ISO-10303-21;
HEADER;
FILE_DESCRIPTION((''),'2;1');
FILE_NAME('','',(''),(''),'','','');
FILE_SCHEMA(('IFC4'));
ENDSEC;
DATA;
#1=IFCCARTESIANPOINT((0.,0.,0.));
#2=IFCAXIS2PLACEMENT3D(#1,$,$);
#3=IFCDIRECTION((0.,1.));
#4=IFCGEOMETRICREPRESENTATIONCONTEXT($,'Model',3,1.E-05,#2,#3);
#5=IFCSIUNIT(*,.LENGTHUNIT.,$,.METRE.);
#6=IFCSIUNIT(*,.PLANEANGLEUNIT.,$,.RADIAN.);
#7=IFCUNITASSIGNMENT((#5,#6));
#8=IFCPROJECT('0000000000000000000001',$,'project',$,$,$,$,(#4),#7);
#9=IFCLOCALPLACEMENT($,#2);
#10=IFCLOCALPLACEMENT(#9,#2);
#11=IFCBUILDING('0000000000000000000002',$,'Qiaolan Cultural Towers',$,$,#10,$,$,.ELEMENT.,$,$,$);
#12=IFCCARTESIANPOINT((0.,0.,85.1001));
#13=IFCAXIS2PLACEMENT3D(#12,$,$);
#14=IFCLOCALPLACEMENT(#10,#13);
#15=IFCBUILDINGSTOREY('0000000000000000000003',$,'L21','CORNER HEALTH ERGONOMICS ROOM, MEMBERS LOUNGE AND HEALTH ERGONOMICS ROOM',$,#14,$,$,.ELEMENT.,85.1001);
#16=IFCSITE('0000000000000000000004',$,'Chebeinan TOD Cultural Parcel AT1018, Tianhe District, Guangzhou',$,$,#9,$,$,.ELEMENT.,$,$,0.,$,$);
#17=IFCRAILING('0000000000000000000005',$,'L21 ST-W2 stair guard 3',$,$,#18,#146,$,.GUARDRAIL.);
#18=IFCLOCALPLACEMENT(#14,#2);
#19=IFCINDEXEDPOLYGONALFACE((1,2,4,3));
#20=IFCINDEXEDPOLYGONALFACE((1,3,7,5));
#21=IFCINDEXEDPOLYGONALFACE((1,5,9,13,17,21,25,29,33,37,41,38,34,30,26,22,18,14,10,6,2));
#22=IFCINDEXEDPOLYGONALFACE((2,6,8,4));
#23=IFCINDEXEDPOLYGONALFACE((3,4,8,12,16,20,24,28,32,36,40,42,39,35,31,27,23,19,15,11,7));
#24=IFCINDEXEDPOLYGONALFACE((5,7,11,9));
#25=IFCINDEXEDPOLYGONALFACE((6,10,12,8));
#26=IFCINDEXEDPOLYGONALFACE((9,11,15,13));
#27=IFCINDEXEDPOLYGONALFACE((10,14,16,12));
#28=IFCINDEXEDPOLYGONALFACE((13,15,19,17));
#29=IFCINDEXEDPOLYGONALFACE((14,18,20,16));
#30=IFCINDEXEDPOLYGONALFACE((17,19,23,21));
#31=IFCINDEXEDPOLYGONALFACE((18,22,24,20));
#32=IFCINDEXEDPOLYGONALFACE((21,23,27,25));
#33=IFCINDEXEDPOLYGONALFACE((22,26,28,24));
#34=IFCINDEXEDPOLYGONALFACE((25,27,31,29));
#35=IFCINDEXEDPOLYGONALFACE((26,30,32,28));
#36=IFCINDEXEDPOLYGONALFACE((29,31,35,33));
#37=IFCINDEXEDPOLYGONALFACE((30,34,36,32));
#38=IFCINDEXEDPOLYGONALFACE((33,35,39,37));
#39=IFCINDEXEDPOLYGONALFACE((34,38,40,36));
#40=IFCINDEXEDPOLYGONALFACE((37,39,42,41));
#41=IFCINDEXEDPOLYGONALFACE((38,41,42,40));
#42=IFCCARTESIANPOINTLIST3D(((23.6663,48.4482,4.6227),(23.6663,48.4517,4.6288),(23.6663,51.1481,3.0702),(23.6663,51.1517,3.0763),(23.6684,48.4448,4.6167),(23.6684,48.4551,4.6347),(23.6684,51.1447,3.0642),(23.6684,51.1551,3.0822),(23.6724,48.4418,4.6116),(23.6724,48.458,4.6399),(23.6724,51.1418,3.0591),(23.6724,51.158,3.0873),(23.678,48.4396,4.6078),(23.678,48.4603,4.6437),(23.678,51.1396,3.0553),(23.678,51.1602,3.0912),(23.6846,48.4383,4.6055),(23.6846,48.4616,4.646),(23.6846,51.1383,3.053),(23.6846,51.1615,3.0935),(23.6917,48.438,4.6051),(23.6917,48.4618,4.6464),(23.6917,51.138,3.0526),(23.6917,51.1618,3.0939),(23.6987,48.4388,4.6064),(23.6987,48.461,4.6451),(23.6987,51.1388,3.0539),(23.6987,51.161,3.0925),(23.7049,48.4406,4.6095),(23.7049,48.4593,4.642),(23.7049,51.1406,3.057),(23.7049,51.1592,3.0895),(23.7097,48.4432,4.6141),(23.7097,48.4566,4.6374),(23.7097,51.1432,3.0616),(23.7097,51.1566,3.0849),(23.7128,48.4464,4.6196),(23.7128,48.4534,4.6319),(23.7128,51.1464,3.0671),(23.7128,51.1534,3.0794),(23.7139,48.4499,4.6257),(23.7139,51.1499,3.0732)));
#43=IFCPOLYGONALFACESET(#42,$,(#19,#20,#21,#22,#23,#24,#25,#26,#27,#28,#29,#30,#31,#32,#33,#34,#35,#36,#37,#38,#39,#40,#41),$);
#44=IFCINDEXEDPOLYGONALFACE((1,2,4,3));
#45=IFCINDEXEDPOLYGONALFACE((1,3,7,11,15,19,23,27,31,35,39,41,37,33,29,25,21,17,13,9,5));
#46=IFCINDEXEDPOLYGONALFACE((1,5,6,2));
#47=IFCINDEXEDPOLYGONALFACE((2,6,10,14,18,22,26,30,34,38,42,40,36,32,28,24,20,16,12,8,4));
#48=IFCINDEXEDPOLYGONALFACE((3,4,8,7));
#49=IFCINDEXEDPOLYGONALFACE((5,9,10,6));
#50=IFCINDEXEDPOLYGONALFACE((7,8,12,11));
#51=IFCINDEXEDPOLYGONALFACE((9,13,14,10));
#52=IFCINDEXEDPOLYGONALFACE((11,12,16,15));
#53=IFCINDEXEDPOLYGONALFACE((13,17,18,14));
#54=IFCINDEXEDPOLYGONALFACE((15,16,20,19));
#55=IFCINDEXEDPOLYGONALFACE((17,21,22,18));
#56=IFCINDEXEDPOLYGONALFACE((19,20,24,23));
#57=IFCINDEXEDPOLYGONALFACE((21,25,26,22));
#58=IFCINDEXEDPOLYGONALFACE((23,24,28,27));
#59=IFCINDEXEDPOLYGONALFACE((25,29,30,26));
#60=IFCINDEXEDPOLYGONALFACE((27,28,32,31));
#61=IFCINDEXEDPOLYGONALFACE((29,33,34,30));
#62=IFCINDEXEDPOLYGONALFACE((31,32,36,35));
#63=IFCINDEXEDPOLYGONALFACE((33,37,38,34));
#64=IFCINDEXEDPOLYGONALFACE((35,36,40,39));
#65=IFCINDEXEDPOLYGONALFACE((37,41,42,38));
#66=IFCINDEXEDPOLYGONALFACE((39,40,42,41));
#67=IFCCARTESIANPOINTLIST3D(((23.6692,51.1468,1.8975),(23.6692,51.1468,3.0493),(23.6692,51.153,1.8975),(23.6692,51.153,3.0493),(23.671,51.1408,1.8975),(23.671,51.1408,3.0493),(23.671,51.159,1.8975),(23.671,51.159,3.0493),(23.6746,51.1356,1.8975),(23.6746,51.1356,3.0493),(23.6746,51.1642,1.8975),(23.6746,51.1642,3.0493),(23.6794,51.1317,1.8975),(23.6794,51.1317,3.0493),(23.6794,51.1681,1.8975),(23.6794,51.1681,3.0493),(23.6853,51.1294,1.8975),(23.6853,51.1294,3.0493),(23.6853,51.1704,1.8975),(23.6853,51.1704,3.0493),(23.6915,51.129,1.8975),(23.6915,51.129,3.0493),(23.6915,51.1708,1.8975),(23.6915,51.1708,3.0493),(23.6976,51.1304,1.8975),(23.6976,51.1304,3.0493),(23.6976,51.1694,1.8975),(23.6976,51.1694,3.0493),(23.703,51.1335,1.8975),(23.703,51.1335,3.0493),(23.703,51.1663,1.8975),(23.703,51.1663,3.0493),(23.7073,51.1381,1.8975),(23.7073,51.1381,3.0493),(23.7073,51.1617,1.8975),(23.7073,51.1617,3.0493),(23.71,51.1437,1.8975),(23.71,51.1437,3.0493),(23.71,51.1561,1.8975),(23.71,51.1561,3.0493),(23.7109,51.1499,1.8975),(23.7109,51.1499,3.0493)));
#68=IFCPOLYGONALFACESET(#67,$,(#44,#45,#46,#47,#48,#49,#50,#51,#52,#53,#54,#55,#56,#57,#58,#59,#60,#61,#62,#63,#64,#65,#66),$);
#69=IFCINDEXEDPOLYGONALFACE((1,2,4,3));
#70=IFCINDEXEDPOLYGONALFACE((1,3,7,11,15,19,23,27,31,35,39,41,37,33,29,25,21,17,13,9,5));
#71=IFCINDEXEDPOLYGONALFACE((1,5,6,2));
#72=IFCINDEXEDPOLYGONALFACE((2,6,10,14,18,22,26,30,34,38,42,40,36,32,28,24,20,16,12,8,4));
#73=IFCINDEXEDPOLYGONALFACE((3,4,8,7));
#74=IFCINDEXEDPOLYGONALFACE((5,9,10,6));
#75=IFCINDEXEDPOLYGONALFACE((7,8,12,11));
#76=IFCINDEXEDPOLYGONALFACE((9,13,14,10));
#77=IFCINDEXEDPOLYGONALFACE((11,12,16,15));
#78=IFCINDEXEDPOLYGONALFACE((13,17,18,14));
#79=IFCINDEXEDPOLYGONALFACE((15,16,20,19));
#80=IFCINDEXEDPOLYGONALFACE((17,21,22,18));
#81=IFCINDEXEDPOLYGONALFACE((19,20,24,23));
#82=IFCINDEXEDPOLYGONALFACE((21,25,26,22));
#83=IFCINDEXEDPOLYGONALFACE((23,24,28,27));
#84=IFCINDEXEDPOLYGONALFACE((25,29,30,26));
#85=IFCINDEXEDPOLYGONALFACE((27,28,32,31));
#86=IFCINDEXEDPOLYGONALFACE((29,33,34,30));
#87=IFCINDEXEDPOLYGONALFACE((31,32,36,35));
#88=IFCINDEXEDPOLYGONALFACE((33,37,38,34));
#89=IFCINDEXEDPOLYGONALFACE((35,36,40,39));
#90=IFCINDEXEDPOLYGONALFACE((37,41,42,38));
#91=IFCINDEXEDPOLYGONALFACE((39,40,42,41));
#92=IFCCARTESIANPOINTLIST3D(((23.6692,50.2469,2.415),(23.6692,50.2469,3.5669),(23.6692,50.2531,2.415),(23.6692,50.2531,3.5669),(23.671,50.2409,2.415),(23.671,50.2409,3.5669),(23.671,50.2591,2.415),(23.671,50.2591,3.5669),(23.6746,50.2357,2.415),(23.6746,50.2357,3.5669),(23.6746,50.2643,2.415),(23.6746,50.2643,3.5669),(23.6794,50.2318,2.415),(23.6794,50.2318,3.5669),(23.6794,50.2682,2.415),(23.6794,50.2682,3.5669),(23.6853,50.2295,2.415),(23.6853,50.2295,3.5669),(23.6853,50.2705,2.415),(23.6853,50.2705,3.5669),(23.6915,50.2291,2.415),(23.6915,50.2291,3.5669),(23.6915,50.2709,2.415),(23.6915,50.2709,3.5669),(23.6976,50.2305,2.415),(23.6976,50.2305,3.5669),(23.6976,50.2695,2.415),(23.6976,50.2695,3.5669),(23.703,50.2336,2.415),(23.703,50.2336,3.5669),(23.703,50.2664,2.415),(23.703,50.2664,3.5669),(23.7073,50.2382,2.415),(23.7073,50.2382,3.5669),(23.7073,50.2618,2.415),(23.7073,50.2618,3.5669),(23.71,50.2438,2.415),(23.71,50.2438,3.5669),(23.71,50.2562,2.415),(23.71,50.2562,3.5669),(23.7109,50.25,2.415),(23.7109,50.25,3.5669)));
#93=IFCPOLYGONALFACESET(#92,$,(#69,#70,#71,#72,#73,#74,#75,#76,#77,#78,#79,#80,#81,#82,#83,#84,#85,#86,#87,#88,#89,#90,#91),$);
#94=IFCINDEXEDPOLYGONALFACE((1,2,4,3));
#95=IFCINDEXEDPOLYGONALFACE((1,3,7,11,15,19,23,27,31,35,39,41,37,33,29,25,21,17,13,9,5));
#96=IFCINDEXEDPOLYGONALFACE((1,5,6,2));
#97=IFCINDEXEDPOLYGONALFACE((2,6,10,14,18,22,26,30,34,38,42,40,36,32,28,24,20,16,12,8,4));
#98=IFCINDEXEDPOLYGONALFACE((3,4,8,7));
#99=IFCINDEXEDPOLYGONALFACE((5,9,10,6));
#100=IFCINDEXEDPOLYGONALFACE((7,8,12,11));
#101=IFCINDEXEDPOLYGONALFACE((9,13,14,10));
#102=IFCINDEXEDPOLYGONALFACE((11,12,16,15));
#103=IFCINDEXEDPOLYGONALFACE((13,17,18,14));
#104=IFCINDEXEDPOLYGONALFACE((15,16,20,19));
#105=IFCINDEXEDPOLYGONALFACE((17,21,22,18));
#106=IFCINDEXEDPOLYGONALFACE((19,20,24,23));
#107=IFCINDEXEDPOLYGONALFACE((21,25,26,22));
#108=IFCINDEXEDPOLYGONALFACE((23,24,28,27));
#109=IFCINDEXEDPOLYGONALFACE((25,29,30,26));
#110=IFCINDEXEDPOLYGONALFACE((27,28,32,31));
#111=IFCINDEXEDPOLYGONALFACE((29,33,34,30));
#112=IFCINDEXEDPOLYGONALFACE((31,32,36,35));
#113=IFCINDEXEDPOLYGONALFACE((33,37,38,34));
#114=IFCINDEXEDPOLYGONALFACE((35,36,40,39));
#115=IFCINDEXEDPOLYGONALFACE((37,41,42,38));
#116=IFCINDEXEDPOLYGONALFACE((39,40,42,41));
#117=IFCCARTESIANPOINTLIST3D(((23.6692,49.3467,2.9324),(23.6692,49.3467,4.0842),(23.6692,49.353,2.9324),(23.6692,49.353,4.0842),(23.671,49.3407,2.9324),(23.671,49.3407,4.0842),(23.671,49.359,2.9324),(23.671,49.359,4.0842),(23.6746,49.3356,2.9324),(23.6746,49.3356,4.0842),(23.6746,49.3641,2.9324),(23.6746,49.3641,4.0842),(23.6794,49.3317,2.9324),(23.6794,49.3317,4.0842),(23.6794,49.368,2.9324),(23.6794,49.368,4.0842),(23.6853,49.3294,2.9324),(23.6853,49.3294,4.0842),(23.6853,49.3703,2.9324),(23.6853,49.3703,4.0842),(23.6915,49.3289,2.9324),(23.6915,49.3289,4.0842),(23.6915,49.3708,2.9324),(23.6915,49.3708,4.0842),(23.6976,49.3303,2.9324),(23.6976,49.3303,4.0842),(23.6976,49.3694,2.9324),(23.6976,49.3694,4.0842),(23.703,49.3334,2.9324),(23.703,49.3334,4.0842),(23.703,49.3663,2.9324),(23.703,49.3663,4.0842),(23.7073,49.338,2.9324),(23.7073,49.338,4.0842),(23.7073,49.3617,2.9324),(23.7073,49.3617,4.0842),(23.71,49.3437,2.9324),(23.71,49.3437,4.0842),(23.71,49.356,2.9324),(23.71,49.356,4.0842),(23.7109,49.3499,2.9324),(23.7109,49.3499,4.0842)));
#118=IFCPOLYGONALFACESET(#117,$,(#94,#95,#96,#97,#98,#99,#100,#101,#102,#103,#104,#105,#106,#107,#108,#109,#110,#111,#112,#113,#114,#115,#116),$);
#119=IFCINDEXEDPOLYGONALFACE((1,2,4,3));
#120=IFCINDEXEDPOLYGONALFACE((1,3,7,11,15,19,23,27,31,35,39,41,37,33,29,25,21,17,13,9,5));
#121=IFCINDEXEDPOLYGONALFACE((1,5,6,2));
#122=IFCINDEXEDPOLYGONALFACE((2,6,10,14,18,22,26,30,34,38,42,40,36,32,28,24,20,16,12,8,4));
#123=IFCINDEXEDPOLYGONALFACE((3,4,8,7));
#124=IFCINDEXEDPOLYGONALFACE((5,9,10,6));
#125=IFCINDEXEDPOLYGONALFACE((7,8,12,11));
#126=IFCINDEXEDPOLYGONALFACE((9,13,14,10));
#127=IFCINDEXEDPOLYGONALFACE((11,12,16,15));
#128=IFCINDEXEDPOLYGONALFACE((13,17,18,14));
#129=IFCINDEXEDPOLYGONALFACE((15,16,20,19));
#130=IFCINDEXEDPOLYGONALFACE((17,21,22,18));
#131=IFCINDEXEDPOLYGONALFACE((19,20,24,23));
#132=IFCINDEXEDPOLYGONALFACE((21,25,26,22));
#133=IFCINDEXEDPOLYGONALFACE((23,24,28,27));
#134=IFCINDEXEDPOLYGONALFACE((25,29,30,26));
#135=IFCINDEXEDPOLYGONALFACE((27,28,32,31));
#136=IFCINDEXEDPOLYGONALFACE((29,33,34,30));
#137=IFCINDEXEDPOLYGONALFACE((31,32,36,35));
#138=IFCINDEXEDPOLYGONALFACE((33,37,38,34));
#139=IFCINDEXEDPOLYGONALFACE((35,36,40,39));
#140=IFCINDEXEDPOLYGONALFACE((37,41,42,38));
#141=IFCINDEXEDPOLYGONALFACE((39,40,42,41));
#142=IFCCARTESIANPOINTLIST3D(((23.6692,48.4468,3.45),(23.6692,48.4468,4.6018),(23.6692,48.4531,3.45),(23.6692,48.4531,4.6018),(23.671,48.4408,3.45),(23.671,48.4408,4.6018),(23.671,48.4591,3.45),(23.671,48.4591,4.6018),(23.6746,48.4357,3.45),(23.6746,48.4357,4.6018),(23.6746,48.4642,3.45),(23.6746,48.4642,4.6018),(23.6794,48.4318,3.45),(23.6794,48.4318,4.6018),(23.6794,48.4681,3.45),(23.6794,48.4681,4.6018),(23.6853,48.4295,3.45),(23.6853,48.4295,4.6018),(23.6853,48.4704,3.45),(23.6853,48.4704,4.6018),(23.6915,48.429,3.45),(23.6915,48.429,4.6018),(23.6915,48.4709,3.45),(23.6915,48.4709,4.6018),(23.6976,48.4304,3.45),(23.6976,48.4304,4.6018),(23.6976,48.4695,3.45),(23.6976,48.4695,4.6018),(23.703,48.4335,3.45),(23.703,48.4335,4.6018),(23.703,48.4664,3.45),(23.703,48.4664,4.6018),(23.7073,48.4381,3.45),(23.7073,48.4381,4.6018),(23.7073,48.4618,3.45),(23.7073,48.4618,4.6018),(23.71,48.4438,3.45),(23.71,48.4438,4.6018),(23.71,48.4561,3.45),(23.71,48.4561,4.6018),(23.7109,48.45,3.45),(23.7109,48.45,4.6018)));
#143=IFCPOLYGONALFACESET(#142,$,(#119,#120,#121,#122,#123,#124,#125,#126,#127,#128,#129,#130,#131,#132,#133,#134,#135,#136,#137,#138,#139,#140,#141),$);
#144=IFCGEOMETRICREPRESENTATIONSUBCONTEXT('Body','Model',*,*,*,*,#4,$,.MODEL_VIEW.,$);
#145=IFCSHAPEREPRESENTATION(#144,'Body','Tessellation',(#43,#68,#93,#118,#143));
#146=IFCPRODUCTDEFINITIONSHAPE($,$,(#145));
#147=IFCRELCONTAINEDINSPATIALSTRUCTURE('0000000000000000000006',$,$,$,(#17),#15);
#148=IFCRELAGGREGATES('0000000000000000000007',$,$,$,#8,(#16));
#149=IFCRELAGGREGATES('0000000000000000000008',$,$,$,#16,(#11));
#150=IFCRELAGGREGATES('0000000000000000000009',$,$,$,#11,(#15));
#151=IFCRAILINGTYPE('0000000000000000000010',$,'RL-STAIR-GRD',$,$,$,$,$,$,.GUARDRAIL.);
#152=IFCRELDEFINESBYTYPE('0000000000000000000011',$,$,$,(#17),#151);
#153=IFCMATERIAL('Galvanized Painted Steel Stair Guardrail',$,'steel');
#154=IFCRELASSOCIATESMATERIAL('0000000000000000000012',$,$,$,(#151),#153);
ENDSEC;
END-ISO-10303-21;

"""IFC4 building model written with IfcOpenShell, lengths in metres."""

from ifc_helpers import new_model, si_unit, direction, frame, origin, origin_2d, place, context, subcontext, project, spatial, circle, extrude, material, type_object, element, save


model = new_model("IFC4")

# Units and contexts
model_context = context("Model", 3, precision=1e-05, world=origin(), true_north=direction((0.0, 1.0)))
body_context = subcontext(model_context, "Body", "Model", "MODEL_VIEW")
ifc_project = project(units=[si_unit("LENGTHUNIT", "METRE"), si_unit("PLANEANGLEUNIT", "RADIAN")], contexts=[model_context])

# Site, building, storey
site_placement = place(None, origin())
site = spatial("IfcSite", under=ifc_project, at=site_placement, Name="Chebeinan TOD Cultural Parcel AT1018, Tianhe District, Guangzhou", CompositionType="ELEMENT", RefElevation=0.0)
building_placement = place(site_placement, origin())
building = spatial("IfcBuilding", under=site, at=building_placement, Name="Qiaolan Cultural Towers", CompositionType="ELEMENT")
storey_placement = place(building_placement, frame((0.0, 0.0, 85.1001)))
storey = spatial("IfcBuildingStorey", under=building, at=storey_placement, Name="L21", Description="CORNER HEALTH ERGONOMICS ROOM, MEMBERS LOUNGE AND HEALTH ERGONOMICS ROOM", CompositionType="ELEMENT", Elevation=85.1001)

# Railing
ifc_material_1 = material(Name="Galvanized Painted Steel Stair Guardrail", Category="steel")
railing_type_1 = type_object("IfcRailingType", Name="RL-STAIR-GRD", PredefinedType="GUARDRAIL", material=ifc_material_1)
railing_1_placement = place(storey_placement, frame((23.6899, 51.1499, 1.8975)))
element("IfcRailing", 1, at=railing_1_placement, inside=storey, type_object=railing_type_1, Name="L21 ST-W2 stair guard 3", PredefinedType="GUARDRAIL", context=body_context, shape_type="SweptSolid", body=[
    extrude(circle(Radius=0.0239, at=origin_2d()), frame((0.0, 0.0, 1.1758), z_axis=(0.0, -0.866904, 0.498476), x_axis=(1.0, 0.0, 0.0)), (0.0, 0.0, 1.0), 3.1145),
    extrude(circle(Radius=0.021, at=origin_2d()), origin(), (0.0, 0.0, 1.0), 1.1519),
    extrude(circle(Radius=0.021, at=origin_2d()), frame((0.0, -0.8999, 0.5176)), (0.0, 0.0, 1.0), 1.1519),
    extrude(circle(Radius=0.021, at=origin_2d()), frame((0.0, -1.8, 1.0349)), (0.0, 0.0, 1.0), 1.1519),
    extrude(circle(Radius=0.021, at=origin_2d()), frame((0.0, -2.7, 1.5525)), (0.0, 0.0, 1.0), 1.1519),
])

save(model, "model.ifc")
